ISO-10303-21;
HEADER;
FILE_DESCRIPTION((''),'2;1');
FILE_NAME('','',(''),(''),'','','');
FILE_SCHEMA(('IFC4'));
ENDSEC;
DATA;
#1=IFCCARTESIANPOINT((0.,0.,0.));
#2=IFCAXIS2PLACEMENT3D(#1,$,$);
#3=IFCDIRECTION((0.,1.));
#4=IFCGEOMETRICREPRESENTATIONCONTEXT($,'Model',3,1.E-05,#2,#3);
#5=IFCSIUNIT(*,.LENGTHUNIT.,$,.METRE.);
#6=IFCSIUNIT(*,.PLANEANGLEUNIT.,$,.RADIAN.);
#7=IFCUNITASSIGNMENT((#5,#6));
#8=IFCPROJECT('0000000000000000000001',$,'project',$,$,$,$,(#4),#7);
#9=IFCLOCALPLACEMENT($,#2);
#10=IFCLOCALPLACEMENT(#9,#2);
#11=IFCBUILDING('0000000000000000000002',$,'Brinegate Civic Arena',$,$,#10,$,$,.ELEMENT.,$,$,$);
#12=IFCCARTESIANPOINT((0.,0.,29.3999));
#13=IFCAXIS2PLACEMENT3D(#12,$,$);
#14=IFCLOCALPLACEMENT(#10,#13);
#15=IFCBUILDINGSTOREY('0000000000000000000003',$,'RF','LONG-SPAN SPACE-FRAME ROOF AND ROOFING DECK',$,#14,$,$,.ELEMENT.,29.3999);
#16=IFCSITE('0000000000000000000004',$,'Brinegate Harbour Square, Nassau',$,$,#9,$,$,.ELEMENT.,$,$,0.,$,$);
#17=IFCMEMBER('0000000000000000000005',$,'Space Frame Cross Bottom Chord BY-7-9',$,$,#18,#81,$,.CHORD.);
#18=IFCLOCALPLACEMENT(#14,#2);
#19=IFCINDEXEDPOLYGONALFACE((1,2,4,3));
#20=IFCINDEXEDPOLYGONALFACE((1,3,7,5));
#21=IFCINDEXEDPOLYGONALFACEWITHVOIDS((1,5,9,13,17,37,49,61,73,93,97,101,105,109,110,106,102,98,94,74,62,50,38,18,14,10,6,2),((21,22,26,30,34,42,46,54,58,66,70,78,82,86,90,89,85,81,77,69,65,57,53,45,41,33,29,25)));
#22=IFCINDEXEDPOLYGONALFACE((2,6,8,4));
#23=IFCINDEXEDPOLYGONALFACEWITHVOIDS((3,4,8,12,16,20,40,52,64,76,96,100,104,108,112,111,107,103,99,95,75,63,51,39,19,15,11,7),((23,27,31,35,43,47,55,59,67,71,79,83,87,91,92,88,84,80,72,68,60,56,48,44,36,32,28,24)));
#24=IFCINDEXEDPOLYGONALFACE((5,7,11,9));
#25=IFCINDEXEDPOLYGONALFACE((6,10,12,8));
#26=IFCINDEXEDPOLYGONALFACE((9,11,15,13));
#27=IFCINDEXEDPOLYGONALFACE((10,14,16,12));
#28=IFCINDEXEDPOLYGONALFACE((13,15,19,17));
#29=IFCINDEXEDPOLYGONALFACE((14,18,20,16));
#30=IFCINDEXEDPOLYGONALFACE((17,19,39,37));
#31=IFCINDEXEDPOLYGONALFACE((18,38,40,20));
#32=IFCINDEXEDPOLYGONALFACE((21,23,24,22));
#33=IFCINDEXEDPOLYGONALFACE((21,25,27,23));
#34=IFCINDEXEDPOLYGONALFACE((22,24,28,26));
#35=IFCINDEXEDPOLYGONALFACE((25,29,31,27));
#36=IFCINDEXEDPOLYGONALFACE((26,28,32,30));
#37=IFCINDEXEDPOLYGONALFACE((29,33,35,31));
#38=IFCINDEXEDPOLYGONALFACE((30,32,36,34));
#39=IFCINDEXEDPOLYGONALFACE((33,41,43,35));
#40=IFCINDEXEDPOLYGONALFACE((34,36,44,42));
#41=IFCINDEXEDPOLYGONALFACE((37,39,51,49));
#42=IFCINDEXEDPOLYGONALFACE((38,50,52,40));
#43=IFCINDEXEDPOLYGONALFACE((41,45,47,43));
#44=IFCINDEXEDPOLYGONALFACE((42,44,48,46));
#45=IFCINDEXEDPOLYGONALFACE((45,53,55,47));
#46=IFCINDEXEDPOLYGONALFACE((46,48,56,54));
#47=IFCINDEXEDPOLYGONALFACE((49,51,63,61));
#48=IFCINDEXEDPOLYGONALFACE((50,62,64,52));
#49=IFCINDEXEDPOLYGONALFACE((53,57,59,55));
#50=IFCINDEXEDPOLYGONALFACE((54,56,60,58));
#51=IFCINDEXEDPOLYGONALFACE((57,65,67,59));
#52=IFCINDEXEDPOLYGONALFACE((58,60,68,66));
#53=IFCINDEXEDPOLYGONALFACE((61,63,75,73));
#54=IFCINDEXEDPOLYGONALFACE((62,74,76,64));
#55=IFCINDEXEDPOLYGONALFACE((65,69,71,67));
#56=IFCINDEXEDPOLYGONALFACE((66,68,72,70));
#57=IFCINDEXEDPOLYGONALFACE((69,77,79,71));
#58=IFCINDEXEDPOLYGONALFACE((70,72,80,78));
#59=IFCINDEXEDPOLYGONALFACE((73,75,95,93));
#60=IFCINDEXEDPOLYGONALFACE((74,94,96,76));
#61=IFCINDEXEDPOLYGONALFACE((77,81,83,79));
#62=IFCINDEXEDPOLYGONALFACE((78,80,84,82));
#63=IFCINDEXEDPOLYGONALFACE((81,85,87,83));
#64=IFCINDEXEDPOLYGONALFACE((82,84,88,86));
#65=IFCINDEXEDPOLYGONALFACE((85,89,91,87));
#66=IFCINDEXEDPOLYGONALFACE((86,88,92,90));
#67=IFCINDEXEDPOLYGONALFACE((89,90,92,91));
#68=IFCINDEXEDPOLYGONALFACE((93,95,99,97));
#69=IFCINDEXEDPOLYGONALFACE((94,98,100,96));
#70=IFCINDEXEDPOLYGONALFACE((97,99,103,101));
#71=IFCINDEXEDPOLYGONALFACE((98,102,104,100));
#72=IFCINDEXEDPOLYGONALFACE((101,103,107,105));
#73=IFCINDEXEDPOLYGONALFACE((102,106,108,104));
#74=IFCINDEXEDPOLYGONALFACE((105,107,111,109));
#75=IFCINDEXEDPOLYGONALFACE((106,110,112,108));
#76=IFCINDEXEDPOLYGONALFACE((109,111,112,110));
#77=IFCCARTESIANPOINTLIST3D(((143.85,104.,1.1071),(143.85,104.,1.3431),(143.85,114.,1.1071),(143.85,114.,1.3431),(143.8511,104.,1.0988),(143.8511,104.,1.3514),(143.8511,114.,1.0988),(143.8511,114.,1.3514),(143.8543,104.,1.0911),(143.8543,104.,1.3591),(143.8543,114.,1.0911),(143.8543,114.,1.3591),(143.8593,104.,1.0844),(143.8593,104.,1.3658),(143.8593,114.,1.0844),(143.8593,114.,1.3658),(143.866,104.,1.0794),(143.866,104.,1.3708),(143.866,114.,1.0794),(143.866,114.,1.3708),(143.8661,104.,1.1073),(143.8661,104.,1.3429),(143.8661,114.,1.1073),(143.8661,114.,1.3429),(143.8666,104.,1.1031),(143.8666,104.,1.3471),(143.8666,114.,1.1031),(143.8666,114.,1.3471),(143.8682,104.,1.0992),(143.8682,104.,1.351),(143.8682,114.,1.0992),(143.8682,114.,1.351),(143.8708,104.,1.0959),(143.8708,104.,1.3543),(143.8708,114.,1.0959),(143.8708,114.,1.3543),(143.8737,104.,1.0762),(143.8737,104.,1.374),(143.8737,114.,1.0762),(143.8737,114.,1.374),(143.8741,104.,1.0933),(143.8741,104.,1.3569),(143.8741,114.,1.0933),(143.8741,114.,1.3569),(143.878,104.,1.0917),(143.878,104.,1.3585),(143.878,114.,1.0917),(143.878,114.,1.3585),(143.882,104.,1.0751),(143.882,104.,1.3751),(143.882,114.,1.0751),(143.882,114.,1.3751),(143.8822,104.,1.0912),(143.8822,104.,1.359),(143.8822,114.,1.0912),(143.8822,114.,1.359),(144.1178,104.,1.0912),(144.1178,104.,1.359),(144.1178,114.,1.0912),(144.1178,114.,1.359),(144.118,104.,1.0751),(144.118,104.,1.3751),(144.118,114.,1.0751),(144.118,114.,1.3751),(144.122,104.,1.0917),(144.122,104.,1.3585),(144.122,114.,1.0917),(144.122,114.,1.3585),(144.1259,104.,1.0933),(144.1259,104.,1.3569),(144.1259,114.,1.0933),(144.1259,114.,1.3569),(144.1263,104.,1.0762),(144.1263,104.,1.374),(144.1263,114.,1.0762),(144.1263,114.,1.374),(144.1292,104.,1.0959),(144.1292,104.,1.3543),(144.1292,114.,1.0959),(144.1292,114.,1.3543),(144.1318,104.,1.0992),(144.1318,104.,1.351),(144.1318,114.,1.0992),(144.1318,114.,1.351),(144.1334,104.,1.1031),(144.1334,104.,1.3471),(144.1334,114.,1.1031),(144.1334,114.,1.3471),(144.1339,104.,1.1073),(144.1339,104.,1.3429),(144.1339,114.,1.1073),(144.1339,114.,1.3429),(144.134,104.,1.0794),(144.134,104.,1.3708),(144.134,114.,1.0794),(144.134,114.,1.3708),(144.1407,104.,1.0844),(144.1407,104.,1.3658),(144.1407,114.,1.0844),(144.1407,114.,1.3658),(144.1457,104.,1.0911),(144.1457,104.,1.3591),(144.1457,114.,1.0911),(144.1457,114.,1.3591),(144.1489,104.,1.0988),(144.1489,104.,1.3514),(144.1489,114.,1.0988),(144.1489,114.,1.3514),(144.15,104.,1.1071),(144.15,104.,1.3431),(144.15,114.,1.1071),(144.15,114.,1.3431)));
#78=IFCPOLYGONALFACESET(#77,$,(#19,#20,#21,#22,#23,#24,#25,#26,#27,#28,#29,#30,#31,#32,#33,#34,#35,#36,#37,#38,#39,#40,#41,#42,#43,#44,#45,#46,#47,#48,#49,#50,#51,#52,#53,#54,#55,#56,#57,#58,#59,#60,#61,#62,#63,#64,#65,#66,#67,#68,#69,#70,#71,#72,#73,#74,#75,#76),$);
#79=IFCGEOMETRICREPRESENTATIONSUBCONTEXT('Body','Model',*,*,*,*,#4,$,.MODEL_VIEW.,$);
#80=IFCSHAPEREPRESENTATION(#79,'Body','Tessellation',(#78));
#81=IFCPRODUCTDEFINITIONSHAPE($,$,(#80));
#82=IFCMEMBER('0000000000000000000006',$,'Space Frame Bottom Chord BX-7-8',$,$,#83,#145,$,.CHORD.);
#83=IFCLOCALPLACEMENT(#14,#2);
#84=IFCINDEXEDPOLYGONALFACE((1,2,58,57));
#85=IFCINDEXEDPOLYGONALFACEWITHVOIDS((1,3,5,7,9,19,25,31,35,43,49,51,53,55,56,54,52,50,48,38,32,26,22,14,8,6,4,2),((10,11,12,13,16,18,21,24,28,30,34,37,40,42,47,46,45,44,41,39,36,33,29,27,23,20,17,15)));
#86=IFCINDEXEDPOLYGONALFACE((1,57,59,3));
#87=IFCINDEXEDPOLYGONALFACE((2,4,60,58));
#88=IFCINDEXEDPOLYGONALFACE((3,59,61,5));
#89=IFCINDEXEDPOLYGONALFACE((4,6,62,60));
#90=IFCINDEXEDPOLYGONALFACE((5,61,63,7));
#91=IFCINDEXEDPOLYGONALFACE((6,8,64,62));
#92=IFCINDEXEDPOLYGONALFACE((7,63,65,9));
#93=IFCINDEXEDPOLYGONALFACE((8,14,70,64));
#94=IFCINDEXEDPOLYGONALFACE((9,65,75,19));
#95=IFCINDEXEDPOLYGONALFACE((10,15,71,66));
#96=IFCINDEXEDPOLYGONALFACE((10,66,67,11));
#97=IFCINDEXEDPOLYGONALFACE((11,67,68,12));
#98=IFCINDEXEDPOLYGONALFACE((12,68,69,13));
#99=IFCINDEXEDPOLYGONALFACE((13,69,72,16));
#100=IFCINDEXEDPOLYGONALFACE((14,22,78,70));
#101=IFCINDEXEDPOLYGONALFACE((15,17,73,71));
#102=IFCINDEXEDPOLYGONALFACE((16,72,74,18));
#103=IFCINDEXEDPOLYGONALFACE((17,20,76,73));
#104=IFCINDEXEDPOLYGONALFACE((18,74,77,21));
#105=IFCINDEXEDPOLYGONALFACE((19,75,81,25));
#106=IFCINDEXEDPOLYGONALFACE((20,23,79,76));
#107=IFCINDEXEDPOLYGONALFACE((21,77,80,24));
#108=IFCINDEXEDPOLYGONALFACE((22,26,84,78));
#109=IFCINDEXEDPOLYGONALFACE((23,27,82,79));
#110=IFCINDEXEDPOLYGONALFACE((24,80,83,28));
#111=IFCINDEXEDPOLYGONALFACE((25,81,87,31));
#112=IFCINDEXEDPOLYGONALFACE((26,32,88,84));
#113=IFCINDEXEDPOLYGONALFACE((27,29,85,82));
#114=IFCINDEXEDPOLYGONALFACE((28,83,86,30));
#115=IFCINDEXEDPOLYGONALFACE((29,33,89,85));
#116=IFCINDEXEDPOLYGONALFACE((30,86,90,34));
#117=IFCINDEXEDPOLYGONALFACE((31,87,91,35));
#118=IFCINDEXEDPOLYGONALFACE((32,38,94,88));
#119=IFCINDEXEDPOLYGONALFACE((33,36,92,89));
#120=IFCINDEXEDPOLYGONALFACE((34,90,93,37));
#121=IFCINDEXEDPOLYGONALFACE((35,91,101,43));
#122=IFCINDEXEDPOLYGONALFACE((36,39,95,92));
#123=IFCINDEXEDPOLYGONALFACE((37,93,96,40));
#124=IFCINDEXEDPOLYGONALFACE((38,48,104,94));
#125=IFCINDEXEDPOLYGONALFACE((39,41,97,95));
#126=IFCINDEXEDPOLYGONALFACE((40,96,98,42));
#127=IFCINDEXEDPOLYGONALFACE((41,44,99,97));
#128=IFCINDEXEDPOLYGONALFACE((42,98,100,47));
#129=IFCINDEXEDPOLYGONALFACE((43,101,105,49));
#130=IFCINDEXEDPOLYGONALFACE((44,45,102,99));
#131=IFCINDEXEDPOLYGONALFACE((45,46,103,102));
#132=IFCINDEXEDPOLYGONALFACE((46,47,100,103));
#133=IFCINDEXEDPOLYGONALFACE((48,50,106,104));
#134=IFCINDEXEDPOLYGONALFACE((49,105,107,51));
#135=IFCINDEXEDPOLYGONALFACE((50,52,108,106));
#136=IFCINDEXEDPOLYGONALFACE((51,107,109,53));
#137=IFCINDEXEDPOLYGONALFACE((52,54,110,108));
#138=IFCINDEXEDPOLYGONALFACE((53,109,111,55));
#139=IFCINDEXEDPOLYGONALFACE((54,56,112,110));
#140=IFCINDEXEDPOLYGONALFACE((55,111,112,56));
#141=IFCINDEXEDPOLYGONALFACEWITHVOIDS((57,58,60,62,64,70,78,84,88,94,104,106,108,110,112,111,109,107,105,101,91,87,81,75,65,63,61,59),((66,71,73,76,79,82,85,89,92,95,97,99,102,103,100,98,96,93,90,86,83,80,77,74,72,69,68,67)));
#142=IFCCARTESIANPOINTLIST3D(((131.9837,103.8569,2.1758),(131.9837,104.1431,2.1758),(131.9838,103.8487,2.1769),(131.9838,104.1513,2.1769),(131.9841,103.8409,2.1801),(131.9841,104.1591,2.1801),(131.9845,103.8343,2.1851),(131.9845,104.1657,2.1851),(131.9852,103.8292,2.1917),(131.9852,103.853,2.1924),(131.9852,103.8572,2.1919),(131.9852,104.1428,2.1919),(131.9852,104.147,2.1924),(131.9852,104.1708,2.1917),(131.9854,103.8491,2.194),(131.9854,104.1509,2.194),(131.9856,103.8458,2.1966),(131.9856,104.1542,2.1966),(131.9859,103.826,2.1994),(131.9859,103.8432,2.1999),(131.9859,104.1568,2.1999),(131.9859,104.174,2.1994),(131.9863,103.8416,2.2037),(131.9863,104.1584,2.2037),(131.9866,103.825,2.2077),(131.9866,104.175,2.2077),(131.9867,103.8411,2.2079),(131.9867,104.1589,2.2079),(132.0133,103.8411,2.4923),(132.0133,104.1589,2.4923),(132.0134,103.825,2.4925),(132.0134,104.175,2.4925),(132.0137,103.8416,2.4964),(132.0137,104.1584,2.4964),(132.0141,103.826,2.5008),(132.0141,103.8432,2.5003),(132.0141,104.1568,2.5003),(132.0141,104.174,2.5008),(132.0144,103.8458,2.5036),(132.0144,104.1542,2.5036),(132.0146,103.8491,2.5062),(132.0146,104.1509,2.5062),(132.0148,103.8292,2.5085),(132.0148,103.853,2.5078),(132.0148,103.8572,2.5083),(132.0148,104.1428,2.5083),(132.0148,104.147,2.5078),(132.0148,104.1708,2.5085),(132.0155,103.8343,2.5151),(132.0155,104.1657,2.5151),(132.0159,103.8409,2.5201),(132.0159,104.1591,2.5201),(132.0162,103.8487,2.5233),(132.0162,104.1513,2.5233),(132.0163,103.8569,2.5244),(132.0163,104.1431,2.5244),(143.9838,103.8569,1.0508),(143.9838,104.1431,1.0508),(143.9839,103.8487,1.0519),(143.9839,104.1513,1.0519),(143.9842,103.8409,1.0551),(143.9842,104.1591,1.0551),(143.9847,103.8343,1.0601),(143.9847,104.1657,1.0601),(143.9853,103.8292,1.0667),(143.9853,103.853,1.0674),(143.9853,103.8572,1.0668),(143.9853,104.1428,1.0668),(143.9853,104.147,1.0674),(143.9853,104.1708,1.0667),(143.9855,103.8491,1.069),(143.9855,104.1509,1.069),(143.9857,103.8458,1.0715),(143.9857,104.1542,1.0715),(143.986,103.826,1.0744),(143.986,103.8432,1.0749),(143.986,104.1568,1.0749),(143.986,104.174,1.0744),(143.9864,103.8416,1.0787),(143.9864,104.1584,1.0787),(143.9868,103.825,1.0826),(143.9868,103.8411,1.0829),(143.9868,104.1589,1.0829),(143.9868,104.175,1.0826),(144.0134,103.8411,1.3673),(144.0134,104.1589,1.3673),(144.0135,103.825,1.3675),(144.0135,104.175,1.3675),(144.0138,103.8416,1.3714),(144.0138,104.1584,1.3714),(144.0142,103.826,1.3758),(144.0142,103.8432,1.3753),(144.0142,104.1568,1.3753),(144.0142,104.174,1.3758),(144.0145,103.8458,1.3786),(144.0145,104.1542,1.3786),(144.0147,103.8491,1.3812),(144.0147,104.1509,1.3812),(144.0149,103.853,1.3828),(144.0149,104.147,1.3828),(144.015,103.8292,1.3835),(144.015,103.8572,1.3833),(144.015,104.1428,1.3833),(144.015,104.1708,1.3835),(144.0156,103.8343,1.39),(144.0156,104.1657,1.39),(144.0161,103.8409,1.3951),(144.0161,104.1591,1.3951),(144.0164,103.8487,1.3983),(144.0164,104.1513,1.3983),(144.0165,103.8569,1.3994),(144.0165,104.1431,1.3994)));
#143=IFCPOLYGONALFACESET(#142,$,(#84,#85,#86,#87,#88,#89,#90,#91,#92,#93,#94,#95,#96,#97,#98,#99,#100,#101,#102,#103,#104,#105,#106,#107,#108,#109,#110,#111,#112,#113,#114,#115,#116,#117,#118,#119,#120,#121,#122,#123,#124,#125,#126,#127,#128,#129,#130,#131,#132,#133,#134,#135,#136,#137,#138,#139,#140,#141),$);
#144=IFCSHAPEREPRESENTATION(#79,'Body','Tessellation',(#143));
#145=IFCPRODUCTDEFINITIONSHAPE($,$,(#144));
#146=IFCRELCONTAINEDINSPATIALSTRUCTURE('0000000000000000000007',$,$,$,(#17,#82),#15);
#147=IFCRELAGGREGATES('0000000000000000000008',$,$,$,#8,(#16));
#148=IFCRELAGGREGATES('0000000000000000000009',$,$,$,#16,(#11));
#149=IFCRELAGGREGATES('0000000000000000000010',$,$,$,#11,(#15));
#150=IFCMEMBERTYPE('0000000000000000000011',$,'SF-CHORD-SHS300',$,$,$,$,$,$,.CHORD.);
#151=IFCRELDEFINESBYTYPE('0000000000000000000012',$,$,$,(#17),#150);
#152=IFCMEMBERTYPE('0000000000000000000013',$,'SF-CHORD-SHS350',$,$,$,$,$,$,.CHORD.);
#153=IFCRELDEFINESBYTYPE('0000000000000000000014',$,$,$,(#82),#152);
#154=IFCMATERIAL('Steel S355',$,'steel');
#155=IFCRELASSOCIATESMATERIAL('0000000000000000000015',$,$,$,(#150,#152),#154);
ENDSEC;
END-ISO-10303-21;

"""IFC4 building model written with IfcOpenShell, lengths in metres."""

from ifc_helpers import new_model, si_unit, direction, frame, origin, origin_2d, place, context, subcontext, project, spatial, hollow_rectangle, extrude, material, material_profile, profile_set, type_object, element, save


model = new_model("IFC4")

# Units and contexts
model_context = context("Model", 3, precision=1e-05, world=origin(), true_north=direction((0.0, 1.0)))
body_context = subcontext(model_context, "Body", "Model", "MODEL_VIEW")
ifc_project = project(units=[si_unit("LENGTHUNIT", "METRE"), si_unit("PLANEANGLEUNIT", "RADIAN")], contexts=[model_context])

# Site, building, storey
site_placement = place(None, origin())
site = spatial("IfcSite", under=ifc_project, at=site_placement, Name="Brinegate Harbour Square, Nassau", CompositionType="ELEMENT", RefElevation=0.0)
building_placement = place(site_placement, origin())
building = spatial("IfcBuilding", under=site, at=building_placement, Name="Brinegate Civic Arena", CompositionType="ELEMENT")
storey_placement = place(building_placement, frame((0.0, 0.0, 29.3999)))
storey = spatial("IfcBuildingStorey", under=building, at=storey_placement, Name="RF", Description="LONG-SPAN SPACE-FRAME ROOF AND ROOFING DECK", CompositionType="ELEMENT", Elevation=29.3999)

# Shared definitions
ifc_material_1 = material(Name="Steel S355", Category="steel")

# Members
ifc_material_profile_1 = material_profile(ifc_material_1, hollow_rectangle(XDim=0.3, YDim=0.3, WallThickness=0.0161, InnerFilletRadius=0.0161, OuterFilletRadius=0.032, at=origin_2d()), Name="SHS300X16")
ifc_profile_set_1 = profile_set([ifc_material_profile_1], Name="Steel S355")
member_type_1 = type_object("IfcMemberType", Name="SF-CHORD-SHS300", PredefinedType="CHORD", material=ifc_profile_set_1)
for number, where, z_axis, x_axis, name in (
    (1, (144.0, 104.0, 1.2251), (0.0, 1.0, 0.0), (-1.0, 0.0, 0.0), "Space Frame Cross Bottom Chord BY-7-9"),
):
    element("IfcMember", number, at=place(storey_placement, frame(where, z_axis=z_axis, x_axis=x_axis)), inside=storey, type_object=member_type_1, Name=name, PredefinedType="CHORD", context=body_context, shape_type="SweptSolid", body=[
        extrude(hollow_rectangle(XDim=0.3, YDim=0.3, WallThickness=0.0161, InnerFilletRadius=0.0161, OuterFilletRadius=0.032, at=origin_2d()), origin(), (0.0, 0.0, 1.0), 10.0),
    ])
ifc_material_profile_2 = material_profile(ifc_material_1, hollow_rectangle(XDim=0.3501, YDim=0.3501, WallThickness=0.0161, InnerFilletRadius=0.0161, OuterFilletRadius=0.032, at=origin_2d()), Name="SHS350X16")
ifc_profile_set_2 = profile_set([ifc_material_profile_2], Name="Steel S355")
member_type_2 = type_object("IfcMemberType", Name="SF-CHORD-SHS350", PredefinedType="CHORD", material=ifc_profile_set_2)
member_1_placement = place(storey_placement, frame((132.0, 104.0, 2.3501), z_axis=(0.995634, 0.0, -0.093341), x_axis=(0.0, 1.0, 0.0)))
element("IfcMember", 2, at=member_1_placement, inside=storey, type_object=member_type_2, Name="Space Frame Bottom Chord BX-7-8", PredefinedType="CHORD", context=body_context, shape_type="SweptSolid", body=[
    extrude(hollow_rectangle(XDim=0.3501, YDim=0.3501, WallThickness=0.0161, InnerFilletRadius=0.0161, OuterFilletRadius=0.032, at=origin_2d()), origin(), (0.0, 0.0, 1.0), 12.0527),
])

save(model, "model.ifc")
